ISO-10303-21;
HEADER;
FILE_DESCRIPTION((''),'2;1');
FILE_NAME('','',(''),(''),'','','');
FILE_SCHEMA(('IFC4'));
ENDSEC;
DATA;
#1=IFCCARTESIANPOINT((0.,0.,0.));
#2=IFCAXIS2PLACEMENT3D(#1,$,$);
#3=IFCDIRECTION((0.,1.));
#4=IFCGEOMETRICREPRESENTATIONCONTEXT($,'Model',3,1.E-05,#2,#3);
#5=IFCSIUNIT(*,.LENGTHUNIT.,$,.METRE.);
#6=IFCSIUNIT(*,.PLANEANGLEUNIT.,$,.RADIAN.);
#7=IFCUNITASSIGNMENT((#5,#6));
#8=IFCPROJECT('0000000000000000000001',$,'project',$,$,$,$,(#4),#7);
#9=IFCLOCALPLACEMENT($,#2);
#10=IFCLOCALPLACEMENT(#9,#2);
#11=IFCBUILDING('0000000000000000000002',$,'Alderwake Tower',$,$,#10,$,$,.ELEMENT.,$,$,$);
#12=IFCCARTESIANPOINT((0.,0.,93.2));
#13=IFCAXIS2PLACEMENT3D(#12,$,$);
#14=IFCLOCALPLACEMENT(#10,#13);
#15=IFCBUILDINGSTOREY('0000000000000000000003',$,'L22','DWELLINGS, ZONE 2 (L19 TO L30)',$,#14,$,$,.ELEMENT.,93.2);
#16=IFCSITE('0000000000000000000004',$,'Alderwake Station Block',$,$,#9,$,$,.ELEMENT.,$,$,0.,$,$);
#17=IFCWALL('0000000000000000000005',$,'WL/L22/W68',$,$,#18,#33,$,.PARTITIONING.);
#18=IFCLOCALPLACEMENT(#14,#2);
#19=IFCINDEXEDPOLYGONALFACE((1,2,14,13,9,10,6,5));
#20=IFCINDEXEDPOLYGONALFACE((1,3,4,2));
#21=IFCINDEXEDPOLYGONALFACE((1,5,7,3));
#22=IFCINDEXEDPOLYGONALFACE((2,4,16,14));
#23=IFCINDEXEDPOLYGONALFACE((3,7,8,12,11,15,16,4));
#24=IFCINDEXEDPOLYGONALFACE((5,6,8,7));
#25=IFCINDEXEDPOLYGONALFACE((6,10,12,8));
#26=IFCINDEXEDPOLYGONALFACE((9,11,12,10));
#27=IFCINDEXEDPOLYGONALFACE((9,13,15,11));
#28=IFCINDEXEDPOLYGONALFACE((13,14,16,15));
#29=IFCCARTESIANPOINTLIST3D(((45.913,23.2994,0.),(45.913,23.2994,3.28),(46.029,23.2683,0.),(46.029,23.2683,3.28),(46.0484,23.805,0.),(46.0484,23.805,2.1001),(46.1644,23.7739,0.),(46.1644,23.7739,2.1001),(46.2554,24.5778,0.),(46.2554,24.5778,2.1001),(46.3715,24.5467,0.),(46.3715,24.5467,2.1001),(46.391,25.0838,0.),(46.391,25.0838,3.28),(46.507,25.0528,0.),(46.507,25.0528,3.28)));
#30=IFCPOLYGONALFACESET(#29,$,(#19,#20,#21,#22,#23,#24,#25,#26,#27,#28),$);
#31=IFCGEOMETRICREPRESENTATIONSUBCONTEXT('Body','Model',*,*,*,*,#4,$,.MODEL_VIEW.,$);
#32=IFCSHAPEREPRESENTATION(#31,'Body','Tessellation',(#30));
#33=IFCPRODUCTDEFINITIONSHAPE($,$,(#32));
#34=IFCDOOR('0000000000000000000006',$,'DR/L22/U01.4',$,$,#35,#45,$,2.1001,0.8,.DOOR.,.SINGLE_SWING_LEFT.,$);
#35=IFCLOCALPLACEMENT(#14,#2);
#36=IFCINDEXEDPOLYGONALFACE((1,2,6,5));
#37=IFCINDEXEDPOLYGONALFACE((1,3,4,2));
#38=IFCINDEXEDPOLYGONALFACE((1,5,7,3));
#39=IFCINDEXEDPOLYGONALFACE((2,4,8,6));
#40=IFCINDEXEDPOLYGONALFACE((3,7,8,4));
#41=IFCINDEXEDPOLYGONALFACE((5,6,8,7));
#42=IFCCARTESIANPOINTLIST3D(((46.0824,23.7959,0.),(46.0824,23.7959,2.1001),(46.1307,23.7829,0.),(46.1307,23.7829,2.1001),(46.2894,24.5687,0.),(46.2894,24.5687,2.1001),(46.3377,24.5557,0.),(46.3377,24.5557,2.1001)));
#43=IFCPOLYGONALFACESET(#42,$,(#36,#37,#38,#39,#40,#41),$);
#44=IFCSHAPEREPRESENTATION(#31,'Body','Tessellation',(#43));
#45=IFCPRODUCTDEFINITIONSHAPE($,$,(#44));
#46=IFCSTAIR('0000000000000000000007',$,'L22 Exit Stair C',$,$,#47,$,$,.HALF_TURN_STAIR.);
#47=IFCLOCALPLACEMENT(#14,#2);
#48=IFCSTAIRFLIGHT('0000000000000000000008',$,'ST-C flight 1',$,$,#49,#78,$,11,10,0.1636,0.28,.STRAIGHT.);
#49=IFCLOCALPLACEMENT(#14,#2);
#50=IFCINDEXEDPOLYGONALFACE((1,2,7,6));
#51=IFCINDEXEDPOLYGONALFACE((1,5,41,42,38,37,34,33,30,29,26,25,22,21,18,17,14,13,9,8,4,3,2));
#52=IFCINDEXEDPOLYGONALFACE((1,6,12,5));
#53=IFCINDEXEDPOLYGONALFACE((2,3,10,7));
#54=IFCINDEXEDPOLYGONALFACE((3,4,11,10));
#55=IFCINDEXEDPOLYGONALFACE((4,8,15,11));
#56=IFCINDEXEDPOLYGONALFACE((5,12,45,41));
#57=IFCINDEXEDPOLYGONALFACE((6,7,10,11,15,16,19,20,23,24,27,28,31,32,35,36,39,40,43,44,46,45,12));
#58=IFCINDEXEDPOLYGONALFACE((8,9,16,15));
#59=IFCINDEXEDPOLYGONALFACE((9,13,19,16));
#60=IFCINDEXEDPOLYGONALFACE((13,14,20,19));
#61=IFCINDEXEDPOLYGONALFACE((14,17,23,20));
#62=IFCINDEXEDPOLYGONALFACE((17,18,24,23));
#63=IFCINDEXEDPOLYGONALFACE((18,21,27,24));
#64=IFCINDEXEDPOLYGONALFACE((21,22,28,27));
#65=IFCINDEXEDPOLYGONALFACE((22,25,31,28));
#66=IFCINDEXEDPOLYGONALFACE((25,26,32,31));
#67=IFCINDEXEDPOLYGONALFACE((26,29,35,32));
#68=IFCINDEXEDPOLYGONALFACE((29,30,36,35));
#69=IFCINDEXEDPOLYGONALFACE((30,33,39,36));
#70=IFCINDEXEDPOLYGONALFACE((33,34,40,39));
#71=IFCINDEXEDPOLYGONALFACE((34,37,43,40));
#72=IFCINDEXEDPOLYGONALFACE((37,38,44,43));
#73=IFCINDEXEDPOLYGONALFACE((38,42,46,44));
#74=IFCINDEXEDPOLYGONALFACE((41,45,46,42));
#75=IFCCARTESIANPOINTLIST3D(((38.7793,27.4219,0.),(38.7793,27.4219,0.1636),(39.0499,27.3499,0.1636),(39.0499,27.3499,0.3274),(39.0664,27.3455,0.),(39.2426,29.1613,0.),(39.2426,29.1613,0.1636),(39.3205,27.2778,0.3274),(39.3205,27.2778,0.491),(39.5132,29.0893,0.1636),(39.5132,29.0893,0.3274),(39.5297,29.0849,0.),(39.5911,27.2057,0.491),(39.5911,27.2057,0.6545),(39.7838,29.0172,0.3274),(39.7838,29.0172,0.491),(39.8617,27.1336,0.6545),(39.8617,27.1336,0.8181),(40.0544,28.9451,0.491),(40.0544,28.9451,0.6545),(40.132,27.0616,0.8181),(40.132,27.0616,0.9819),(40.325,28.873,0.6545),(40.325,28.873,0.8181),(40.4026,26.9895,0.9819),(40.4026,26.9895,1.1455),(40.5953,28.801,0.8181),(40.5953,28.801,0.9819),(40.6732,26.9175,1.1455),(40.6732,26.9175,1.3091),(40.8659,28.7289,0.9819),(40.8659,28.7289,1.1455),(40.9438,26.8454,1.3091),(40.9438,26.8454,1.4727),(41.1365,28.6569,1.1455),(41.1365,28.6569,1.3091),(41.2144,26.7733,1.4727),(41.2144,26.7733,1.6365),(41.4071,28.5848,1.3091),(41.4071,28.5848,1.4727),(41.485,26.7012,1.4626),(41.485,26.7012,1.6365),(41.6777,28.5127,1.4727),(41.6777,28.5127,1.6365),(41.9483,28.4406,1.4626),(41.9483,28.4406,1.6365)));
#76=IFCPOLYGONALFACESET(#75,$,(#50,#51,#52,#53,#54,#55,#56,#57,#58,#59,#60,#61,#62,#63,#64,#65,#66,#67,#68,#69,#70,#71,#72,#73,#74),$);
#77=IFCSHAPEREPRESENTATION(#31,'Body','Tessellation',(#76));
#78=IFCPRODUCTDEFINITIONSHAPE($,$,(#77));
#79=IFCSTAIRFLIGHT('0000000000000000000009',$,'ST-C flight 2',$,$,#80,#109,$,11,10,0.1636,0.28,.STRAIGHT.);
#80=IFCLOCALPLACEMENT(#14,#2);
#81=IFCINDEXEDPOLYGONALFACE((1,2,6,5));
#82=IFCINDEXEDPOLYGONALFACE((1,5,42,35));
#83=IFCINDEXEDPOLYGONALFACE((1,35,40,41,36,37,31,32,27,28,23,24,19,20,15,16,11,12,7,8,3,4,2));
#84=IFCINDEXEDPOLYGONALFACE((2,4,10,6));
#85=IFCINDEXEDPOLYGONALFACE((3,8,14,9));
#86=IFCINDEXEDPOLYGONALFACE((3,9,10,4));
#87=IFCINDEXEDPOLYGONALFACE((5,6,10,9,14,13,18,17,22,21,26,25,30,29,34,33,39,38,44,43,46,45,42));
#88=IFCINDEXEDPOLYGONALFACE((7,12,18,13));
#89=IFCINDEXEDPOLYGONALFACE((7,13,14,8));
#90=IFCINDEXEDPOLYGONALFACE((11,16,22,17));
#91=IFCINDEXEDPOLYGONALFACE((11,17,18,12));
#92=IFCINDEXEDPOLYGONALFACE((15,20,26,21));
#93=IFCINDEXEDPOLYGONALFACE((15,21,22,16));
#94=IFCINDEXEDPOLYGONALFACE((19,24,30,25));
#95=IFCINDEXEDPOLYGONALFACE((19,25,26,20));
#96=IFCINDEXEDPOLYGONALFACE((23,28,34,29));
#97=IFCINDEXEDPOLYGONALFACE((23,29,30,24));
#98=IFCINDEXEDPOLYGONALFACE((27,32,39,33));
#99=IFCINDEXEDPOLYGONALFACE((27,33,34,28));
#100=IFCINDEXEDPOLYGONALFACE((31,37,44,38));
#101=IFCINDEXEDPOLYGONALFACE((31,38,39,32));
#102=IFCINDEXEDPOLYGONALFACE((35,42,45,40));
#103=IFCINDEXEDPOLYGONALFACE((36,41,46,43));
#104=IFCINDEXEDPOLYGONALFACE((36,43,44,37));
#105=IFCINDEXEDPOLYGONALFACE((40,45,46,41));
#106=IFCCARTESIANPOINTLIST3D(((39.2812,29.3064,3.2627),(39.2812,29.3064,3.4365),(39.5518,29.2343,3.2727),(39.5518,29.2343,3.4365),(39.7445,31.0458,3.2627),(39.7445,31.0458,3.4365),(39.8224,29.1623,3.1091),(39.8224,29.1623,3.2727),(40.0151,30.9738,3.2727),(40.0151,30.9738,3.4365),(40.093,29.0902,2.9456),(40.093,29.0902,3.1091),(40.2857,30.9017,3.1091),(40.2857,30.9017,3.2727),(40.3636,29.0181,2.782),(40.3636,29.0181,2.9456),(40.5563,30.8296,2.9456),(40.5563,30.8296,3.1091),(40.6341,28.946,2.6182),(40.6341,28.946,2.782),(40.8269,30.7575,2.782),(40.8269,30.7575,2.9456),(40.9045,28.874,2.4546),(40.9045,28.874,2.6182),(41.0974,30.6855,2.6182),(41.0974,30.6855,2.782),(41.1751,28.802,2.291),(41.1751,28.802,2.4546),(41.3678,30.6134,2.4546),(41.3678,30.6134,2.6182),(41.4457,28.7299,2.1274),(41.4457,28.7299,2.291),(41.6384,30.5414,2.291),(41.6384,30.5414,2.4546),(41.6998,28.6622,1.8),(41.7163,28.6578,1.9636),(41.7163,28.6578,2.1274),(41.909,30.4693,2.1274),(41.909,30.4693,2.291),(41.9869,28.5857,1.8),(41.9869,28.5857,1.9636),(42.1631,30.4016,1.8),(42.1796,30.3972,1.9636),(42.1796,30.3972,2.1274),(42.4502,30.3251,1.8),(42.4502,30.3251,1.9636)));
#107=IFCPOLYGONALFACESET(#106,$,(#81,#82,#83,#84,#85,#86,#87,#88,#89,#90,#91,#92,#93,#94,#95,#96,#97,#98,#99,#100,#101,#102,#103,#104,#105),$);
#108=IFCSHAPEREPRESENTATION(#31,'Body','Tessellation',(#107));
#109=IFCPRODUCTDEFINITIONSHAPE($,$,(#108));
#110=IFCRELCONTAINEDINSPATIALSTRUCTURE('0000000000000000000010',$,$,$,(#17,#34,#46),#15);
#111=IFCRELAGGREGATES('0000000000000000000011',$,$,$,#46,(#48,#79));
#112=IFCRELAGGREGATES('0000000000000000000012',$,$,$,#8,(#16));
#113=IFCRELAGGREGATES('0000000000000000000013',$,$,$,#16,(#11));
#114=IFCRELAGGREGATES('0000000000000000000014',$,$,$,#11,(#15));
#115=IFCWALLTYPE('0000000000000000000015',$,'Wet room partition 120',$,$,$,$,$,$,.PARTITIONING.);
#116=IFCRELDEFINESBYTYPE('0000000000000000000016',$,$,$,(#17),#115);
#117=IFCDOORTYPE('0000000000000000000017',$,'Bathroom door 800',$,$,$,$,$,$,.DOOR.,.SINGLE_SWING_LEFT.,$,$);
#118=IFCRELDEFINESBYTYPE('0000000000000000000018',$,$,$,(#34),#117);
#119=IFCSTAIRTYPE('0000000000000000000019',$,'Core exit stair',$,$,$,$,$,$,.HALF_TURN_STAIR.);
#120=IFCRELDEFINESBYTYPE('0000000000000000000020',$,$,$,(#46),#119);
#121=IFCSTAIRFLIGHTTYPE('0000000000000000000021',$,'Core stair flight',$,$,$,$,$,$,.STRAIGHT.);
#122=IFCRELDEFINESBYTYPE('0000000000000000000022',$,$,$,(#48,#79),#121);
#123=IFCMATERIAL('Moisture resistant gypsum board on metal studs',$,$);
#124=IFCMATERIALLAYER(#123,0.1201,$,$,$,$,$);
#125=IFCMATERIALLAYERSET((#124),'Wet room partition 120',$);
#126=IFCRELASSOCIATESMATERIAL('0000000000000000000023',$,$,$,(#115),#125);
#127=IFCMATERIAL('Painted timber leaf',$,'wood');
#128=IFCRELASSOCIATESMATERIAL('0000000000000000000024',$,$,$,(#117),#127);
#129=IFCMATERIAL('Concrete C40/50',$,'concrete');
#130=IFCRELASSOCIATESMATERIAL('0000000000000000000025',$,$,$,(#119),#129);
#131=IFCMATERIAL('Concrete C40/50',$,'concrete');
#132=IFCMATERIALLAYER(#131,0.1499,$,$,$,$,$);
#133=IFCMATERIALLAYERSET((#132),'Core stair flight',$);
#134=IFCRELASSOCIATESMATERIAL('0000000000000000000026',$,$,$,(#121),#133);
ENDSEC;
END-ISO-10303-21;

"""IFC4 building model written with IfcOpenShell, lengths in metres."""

from ifc_helpers import new_model, si_unit, direction, frame, frame_2d, origin, place, context, subcontext, project, spatial, polyline, rectangle, outline, extrude, material, layer, layer_set, type_object, element, fill, aggregate, save


model = new_model("IFC4")

# Units and contexts
model_context = context("Model", 3, precision=1e-05, world=origin(), true_north=direction((0.0, 1.0)))
body_context = subcontext(model_context, "Body", "Model", "MODEL_VIEW")
ifc_project = project(units=[si_unit("LENGTHUNIT", "METRE"), si_unit("PLANEANGLEUNIT", "RADIAN")], contexts=[model_context])

# Site, building, storey
site_placement = place(None, origin())
site = spatial("IfcSite", under=ifc_project, at=site_placement, Name="Alderwake Station Block", CompositionType="ELEMENT", RefElevation=0.0)
building_placement = place(site_placement, origin())
building = spatial("IfcBuilding", under=site, at=building_placement, Name="Alderwake Tower", CompositionType="ELEMENT")
storey_placement = place(building_placement, frame((0.0, 0.0, 93.2)))
storey = spatial("IfcBuildingStorey", under=building, at=storey_placement, Name="L22", Description="DWELLINGS, ZONE 2 (L19 TO L30)", CompositionType="ELEMENT", Elevation=93.2)

# Shared definitions
ifc_material_1 = material(Name="Moisture resistant gypsum board on metal studs")
ifc_layer_1 = layer(ifc_material_1, 0.1201)
ifc_layer_set_1 = layer_set([ifc_layer_1], Name="Wet room partition 120")
wall_type_1 = type_object("IfcWallType", Name="Wet room partition 120", PredefinedType="PARTITIONING", material=ifc_layer_set_1)

# Shared definitions
ifc_material_2 = material(Name="Painted timber leaf", Category="wood")
door_type_1 = type_object("IfcDoorType", Name="Bathroom door 800", OperationType="SINGLE_SWING_LEFT", PredefinedType="DOOR", material=ifc_material_2)

# Wall, opening, door
wall_1_placement = place(storey_placement, frame((45.9709, 23.2837, 0.0), z_axis=(0.0, 0.0, 1.0), x_axis=(0.258765, 0.96594, 0.0)))
wall_1 = element("IfcWall", 1, at=wall_1_placement, inside=storey, type_object=wall_type_1, Name="WL/L22/W68", PredefinedType="PARTITIONING", context=body_context, shape_type="SweptSolid", body=[
    extrude(rectangle(XDim=1.8474, YDim=0.1201, at=frame_2d((0.9238, 0.0))), origin(), (0.0, 0.0, 1.0), 3.28),
])
opening_1_placement = place(wall_1_placement, frame((0.5237, 0.0, 0.0)))
opening_1 = element("IfcOpeningElement", 2, at=opening_1_placement, cuts=wall_1, PredefinedType="OPENING", context=body_context, shape_type="SweptSolid", body=[
    extrude(rectangle(XDim=0.8, YDim=2.1001, at=frame_2d((0.3999, 1.05))), frame((0.0, 0.0701, 0.0), z_axis=(0.0, -1.0, 0.0), x_axis=(1.0, 0.0, 0.0)), (0.0, 0.0, 1.0), 0.1401),
])
door_1_placement = place(opening_1_placement, origin())
door_1 = element("IfcDoor", 3, at=door_1_placement, inside=storey, type_object=door_type_1, Name="DR/L22/U01.4", OperationType="SINGLE_SWING_LEFT", OverallHeight=2.1001, OverallWidth=0.8, PredefinedType="DOOR", context=body_context, shape_type="SweptSolid", body=[
    extrude(rectangle(XDim=0.8, YDim=2.1001, at=frame_2d((0.3999, 1.05))), frame((0.0, 0.0249, 0.0), z_axis=(0.0, -1.0, 0.0), x_axis=(1.0, 0.0, 0.0)), (0.0, 0.0, 1.0), 0.05),
])
fill(opening_1, door_1)

# Stair, stair flights
ifc_material_3 = material(Name="Concrete C40/50", Category="concrete")
stair_type = type_object("IfcStairType", Name="Core exit stair", PredefinedType="HALF_TURN_STAIR", material=ifc_material_3)
stair_placement = place(storey_placement, origin())
stair = element("IfcStair", 4, at=stair_placement, inside=storey, type_object=stair_type, Name="L22 Exit Stair C", PredefinedType="HALF_TURN_STAIR")
ifc_material_4 = material(Name="Concrete C40/50", Category="concrete")
ifc_layer_2 = layer(ifc_material_4, 0.1499)
ifc_layer_set_2 = layer_set([ifc_layer_2], Name="Core stair flight")
stair_flight_type = type_object("IfcStairFlightType", Name="Core stair flight", PredefinedType="STRAIGHT", material=ifc_layer_set_2)
stair_flight_1_placement = place(storey_placement, frame((39.011, 28.2917, 0.0), z_axis=(0.0, 0.0, 1.0), x_axis=(0.96631, -0.257382, 0.0)))
stair_flight_1 = element("IfcStairFlight", 5, at=stair_flight_1_placement, type_object=stair_flight_type, Name="ST-C flight 1", NumberOfRisers=11, NumberOfTreads=10, PredefinedType="STRAIGHT", RiserHeight=0.1636, TreadLength=0.28, context=body_context, shape_type="SweptSolid", body=[
    extrude(outline(polyline([(0.0, 0.0), (0.0, 0.1636), (0.28, 0.1636), (0.28, 0.3274), (0.5601, 0.3274), (0.5601, 0.491), (0.8401, 0.491), (0.8401, 0.6545), (1.1201, 0.6545), (1.1201, 0.8181), (1.3999, 0.8181), (1.3999, 0.9819), (1.6799, 0.9819), (1.6799, 1.1455), (1.96, 1.1455), (1.96, 1.3091), (2.24, 1.3091), (2.24, 1.4727), (2.52, 1.4727), (2.52, 1.6365), (2.8, 1.6365), (2.8, 1.8), (2.8, 1.4626), (0.2971, 0.0), (0.0, 0.0)])), frame((0.0, 0.8999, 0.0), z_axis=(0.0, -1.0, 0.0), x_axis=(1.0, 0.0, 0.0)), (0.0, 0.0, 1.0), 1.8),
])
stair_flight_2_placement = place(storey_placement, frame((42.2185, 29.4553, 1.8), z_axis=(0.0, 0.0, 1.0), x_axis=(-0.96631, 0.257382, 0.0)))
stair_flight_2 = element("IfcStairFlight", 6, at=stair_flight_2_placement, type_object=stair_flight_type, Name="ST-C flight 2", NumberOfRisers=11, NumberOfTreads=10, PredefinedType="STRAIGHT", RiserHeight=0.1636, TreadLength=0.28, context=body_context, shape_type="SweptSolid", body=[
    extrude(outline(polyline([(0.0, 0.0), (0.0, 0.1636), (0.28, 0.1636), (0.28, 0.3274), (0.5601, 0.3274), (0.5601, 0.491), (0.8401, 0.491), (0.8401, 0.6545), (1.1201, 0.6545), (1.1201, 0.8181), (1.3999, 0.8181), (1.3999, 0.9819), (1.6799, 0.9819), (1.6799, 1.1455), (1.96, 1.1455), (1.96, 1.3091), (2.24, 1.3091), (2.24, 1.4727), (2.52, 1.4727), (2.52, 1.6365), (2.8, 1.6365), (2.8, 1.8), (2.8, 1.4626), (0.2971, 0.0), (0.0, 0.0)])), frame((0.0, 0.8999, 0.0), z_axis=(0.0, -1.0, 0.0), x_axis=(1.0, 0.0, 0.0)), (0.0, 0.0, 1.0), 1.8),
])
aggregate(stair, [stair_flight_1, stair_flight_2])

save(model, "model.ifc")
